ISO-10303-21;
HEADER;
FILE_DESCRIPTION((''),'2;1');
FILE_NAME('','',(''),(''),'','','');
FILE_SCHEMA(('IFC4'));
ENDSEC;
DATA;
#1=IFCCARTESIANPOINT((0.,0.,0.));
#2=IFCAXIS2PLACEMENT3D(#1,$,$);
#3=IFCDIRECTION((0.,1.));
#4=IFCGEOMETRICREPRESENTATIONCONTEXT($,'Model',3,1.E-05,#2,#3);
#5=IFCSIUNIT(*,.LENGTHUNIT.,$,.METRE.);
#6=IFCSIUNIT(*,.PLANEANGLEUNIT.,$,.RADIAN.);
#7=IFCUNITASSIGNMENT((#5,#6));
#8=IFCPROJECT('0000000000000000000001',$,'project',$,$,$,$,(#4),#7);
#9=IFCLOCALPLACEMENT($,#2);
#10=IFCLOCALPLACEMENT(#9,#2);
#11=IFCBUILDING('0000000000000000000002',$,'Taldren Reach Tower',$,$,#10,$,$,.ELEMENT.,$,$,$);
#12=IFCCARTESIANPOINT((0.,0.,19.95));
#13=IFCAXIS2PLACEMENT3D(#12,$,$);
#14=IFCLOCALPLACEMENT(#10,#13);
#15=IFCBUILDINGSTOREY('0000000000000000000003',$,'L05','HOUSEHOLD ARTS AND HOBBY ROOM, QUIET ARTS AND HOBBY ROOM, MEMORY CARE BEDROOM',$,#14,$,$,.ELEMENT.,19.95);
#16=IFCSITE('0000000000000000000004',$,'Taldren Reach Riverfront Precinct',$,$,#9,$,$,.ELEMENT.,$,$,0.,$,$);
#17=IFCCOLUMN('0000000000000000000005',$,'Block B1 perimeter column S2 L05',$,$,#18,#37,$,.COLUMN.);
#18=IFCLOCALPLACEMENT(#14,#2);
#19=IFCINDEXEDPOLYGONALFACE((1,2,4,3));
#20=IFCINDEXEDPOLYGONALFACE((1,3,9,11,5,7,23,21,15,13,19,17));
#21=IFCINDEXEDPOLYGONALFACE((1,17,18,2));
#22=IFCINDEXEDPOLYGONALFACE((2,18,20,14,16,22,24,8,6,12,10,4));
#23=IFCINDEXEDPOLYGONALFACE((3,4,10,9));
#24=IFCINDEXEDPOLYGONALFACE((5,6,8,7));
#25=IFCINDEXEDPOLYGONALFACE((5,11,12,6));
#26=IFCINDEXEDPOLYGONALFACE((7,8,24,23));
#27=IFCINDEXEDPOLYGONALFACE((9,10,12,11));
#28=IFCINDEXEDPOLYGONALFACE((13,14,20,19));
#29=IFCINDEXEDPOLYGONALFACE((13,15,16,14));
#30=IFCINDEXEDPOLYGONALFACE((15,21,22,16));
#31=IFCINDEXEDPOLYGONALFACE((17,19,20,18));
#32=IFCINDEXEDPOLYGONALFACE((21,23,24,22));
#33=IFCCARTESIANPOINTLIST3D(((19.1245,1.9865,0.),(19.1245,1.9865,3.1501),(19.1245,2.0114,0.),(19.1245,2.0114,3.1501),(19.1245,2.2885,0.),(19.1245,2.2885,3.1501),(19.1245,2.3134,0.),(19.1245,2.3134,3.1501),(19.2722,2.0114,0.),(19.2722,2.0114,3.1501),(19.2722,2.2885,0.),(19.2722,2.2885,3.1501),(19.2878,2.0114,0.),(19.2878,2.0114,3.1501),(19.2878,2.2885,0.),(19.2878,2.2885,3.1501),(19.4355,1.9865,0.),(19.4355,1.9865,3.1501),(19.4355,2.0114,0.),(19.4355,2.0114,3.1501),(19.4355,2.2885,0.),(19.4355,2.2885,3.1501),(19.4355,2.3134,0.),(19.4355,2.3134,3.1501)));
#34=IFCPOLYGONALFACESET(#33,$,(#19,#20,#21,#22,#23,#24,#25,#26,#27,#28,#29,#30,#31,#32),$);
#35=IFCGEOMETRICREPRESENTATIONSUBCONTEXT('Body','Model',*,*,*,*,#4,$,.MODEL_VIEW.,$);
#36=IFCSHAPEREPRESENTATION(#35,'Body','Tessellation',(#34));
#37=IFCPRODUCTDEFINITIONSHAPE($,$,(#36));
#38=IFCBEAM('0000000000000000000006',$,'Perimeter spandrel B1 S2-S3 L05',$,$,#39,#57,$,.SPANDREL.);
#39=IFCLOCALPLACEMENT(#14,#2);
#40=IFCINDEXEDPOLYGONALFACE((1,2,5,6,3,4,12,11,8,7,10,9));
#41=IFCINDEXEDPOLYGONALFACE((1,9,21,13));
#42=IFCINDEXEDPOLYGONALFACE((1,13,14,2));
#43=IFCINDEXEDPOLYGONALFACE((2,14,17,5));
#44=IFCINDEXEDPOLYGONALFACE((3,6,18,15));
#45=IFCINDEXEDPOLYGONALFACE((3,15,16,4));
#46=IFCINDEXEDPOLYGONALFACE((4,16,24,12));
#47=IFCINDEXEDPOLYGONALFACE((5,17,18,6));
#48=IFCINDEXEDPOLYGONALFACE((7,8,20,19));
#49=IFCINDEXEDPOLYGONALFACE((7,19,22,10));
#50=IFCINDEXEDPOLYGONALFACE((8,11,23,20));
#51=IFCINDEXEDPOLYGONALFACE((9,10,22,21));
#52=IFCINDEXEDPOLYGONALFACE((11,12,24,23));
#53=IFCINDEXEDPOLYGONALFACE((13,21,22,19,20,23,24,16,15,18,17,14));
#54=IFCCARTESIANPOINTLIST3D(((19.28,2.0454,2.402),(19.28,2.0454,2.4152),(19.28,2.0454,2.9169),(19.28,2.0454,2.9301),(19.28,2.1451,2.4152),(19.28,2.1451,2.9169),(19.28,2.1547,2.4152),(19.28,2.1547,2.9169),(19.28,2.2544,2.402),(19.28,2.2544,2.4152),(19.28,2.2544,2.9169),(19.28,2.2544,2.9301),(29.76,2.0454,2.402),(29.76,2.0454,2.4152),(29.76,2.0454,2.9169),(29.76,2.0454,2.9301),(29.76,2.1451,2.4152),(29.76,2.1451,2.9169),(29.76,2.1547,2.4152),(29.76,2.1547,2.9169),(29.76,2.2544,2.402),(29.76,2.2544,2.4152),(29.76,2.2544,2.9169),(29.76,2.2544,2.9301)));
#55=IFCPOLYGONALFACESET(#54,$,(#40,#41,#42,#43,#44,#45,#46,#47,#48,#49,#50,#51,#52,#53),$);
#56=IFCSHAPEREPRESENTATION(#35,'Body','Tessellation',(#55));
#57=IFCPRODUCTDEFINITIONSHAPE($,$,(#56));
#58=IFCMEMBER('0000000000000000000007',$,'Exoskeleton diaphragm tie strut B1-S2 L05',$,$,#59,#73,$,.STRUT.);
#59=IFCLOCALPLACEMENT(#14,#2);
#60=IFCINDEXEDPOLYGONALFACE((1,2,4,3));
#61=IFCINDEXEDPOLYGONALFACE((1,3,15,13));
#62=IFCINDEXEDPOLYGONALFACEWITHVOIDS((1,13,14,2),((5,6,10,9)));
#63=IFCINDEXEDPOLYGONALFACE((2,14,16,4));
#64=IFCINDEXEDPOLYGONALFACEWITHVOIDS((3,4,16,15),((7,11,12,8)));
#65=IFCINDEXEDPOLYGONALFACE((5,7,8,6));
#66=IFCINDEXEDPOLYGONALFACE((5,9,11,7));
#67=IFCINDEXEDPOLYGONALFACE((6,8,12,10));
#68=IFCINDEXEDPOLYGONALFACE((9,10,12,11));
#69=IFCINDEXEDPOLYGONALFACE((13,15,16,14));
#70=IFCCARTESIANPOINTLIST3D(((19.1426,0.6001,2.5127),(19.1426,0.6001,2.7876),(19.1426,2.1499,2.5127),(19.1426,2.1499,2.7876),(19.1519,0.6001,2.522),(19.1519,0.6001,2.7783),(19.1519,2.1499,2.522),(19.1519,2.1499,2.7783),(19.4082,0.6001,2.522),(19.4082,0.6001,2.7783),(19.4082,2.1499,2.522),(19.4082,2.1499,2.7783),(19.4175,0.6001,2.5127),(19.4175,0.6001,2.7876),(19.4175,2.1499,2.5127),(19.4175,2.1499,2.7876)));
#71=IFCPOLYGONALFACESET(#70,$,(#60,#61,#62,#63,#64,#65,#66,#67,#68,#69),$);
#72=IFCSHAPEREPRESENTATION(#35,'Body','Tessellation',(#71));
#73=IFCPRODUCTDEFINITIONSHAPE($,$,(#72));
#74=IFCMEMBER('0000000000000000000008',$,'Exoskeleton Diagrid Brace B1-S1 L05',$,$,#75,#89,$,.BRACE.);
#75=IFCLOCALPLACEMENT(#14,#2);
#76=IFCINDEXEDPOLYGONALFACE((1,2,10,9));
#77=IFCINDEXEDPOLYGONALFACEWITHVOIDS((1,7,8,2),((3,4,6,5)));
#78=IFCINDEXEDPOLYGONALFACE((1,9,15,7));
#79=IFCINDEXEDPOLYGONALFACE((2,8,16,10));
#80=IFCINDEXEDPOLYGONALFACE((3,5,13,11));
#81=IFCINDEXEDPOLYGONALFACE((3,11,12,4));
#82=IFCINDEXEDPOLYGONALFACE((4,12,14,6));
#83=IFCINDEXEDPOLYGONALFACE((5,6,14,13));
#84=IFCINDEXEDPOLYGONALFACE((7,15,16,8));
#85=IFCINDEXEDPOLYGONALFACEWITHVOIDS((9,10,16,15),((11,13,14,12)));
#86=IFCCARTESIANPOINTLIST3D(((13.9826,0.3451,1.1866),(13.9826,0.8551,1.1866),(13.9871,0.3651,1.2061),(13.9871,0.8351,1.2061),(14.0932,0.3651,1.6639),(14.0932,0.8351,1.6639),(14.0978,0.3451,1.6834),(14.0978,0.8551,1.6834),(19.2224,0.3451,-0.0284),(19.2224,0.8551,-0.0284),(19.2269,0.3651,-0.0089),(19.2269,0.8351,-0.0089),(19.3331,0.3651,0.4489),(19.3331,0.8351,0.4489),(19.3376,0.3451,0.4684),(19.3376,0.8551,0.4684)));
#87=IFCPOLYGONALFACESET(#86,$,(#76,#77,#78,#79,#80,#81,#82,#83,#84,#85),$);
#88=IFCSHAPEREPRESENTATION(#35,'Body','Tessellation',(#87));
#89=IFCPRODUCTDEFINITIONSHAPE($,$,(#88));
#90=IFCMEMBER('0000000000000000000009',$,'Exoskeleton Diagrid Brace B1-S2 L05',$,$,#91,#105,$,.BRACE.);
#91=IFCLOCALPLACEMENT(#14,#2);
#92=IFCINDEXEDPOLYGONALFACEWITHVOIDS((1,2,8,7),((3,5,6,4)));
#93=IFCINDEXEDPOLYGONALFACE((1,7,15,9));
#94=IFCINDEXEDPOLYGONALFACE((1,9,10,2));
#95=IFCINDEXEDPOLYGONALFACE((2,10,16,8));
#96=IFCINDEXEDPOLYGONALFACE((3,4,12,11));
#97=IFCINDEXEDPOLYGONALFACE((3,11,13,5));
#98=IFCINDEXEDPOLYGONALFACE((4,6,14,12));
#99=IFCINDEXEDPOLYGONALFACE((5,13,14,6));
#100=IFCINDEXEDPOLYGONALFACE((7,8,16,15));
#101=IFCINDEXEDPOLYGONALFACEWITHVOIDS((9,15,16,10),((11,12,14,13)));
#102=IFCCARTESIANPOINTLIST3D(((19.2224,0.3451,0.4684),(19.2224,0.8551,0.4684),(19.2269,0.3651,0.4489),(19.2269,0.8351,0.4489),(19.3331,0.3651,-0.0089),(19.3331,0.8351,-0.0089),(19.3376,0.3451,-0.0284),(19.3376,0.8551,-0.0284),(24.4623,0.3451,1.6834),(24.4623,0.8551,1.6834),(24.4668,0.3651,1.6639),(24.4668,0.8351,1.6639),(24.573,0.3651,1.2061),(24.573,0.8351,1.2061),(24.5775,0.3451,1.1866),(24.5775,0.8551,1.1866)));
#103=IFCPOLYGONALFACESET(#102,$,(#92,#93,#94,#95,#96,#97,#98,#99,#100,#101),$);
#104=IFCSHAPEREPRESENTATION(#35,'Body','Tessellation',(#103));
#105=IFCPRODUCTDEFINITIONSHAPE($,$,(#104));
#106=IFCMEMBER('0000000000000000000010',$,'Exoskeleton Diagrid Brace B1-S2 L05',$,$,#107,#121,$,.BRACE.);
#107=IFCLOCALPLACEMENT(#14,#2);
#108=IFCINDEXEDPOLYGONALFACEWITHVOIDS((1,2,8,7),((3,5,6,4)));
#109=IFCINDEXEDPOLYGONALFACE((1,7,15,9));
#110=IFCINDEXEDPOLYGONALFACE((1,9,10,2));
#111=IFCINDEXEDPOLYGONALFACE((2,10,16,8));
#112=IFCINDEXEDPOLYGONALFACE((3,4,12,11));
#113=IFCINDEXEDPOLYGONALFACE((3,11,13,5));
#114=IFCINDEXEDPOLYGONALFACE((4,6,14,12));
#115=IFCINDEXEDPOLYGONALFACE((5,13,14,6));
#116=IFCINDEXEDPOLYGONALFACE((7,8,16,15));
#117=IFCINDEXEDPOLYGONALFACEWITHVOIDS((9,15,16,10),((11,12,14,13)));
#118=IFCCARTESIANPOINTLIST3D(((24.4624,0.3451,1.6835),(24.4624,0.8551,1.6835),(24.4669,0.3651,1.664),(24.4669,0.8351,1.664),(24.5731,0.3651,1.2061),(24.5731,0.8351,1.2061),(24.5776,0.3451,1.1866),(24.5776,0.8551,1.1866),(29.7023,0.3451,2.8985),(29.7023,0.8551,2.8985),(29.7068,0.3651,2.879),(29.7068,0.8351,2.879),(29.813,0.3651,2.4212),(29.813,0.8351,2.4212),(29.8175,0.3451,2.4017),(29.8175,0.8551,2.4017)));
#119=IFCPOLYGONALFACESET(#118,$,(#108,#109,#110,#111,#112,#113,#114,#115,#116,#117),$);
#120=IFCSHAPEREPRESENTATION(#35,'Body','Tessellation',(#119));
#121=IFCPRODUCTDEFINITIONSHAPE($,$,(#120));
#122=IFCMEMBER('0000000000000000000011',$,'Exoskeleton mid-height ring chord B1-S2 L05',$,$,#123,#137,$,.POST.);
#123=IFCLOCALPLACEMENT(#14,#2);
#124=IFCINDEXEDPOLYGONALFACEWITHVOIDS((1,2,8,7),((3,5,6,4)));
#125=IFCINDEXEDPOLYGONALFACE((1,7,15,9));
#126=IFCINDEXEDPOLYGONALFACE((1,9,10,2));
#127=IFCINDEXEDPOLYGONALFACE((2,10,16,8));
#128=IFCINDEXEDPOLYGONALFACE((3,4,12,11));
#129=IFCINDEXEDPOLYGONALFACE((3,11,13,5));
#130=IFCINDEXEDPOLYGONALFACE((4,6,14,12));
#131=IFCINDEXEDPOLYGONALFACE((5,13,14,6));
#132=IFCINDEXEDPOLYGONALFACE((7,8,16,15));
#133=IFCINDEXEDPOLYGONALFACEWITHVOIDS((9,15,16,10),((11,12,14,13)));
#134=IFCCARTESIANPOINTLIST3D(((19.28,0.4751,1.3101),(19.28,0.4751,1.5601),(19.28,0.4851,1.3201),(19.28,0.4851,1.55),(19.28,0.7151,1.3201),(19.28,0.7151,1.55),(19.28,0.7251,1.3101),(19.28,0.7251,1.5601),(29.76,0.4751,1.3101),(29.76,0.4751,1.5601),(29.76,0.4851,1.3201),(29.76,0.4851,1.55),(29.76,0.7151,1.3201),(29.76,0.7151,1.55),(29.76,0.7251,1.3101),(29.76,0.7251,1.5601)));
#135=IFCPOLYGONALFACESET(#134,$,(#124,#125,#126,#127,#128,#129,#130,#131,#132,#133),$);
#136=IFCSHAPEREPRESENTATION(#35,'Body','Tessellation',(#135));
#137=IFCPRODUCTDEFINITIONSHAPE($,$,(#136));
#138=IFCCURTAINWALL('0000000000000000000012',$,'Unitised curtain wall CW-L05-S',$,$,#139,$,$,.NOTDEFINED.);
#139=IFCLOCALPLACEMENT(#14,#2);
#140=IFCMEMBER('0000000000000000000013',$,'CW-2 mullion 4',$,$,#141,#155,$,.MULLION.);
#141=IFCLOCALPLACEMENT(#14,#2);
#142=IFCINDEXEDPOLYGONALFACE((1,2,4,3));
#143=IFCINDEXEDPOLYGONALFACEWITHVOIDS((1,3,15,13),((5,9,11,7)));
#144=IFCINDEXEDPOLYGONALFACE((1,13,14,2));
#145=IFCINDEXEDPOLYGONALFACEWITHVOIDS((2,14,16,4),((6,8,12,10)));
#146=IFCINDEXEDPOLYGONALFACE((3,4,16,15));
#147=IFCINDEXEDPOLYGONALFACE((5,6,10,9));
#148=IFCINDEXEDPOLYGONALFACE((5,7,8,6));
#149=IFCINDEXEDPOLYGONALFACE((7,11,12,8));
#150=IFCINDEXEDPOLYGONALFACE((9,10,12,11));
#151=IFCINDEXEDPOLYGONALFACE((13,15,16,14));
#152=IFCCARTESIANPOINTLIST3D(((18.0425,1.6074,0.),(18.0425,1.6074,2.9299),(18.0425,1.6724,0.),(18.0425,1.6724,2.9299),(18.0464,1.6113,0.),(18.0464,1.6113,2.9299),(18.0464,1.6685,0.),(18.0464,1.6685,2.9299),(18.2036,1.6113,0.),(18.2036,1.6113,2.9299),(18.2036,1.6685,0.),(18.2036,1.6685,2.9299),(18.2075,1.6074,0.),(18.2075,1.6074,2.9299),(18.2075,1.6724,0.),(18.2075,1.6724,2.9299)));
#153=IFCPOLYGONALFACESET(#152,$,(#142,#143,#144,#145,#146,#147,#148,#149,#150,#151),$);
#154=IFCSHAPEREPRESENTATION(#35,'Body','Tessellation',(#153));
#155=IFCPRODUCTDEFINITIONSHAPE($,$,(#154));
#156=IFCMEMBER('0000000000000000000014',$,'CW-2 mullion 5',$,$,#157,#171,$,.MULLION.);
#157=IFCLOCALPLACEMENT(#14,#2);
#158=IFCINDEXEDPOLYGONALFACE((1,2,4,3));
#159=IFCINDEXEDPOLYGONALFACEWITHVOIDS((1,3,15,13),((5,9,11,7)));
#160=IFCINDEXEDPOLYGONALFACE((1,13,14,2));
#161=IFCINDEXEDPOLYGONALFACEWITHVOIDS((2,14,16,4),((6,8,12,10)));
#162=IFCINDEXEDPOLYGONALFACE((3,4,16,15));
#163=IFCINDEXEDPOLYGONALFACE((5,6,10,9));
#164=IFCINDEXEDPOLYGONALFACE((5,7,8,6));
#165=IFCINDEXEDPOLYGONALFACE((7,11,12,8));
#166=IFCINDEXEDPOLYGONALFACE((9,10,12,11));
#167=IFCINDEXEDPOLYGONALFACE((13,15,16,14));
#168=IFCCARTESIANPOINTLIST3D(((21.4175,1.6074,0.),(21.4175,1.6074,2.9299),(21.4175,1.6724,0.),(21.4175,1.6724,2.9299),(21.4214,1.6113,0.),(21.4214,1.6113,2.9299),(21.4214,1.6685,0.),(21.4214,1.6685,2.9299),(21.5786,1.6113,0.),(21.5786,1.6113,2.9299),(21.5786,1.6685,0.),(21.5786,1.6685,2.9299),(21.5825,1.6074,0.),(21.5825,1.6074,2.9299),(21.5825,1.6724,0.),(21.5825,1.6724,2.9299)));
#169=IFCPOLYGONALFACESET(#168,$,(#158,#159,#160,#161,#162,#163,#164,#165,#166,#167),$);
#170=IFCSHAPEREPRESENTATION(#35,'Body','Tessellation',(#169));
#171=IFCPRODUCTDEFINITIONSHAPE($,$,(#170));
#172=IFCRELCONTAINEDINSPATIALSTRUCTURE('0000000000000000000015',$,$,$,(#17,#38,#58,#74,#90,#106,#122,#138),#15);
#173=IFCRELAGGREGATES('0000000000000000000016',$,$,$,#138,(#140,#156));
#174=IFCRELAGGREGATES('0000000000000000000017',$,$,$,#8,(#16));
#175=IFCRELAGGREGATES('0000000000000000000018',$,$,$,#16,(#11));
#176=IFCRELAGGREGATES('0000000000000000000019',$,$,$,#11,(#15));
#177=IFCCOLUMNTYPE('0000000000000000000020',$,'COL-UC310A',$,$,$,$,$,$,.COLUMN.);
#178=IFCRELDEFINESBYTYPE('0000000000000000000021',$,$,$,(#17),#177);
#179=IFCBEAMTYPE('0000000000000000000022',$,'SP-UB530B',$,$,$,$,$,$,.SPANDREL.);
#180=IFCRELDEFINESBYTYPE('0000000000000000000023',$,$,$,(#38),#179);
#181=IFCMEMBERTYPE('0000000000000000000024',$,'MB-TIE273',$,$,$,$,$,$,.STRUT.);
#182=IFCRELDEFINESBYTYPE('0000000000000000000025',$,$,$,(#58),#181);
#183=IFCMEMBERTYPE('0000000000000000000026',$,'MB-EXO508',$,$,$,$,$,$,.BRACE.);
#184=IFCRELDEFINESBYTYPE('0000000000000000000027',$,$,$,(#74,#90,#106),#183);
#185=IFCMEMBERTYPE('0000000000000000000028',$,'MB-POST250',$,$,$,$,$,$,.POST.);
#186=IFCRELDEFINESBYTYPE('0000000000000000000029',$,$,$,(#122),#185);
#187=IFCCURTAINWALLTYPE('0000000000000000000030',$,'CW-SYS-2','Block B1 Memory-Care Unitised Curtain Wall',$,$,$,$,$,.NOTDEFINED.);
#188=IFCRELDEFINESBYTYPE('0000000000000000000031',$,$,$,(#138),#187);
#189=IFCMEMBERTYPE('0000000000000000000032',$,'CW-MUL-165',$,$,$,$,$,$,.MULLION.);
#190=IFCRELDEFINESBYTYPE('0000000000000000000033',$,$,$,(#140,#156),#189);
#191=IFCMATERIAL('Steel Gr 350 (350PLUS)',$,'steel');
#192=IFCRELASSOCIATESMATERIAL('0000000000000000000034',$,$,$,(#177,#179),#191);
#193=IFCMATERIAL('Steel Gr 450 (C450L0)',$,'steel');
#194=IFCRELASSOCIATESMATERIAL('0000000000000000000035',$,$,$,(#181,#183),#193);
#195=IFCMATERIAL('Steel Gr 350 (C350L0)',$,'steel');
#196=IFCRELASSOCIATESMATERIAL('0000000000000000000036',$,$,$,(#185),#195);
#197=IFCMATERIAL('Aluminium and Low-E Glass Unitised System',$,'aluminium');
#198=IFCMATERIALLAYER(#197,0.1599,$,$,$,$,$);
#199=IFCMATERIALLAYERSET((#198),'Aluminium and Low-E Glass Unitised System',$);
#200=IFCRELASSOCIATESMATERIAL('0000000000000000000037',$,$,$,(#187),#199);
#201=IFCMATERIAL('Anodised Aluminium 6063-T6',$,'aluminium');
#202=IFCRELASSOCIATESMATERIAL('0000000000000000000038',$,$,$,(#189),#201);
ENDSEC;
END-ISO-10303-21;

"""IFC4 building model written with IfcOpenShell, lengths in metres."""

from ifc_helpers import new_model, si_unit, direction, frame, origin, origin_2d, place, context, subcontext, project, spatial, hollow_rectangle, i_section, extrude, source, transform, mapped, material, layer, layer_set, material_profile, profile_set, type_object, element, aggregate, save


model = new_model("IFC4")

# Units and contexts
model_context = context("Model", 3, precision=1e-05, world=origin(), true_north=direction((0.0, 1.0)))
body_context = subcontext(model_context, "Body", "Model", "MODEL_VIEW")
ifc_project = project(units=[si_unit("LENGTHUNIT", "METRE"), si_unit("PLANEANGLEUNIT", "RADIAN")], contexts=[model_context])

# Site, building, storey
site_placement = place(None, origin())
site = spatial("IfcSite", under=ifc_project, at=site_placement, Name="Taldren Reach Riverfront Precinct", CompositionType="ELEMENT", RefElevation=0.0)
building_placement = place(site_placement, origin())
building = spatial("IfcBuilding", under=site, at=building_placement, Name="Taldren Reach Tower", CompositionType="ELEMENT")
storey_placement = place(building_placement, frame((0.0, 0.0, 19.95)))
storey = spatial("IfcBuildingStorey", under=building, at=storey_placement, Name="L05", Description="HOUSEHOLD ARTS AND HOBBY ROOM, QUIET ARTS AND HOBBY ROOM, MEMORY CARE BEDROOM", CompositionType="ELEMENT", Elevation=19.95)

# Column
ifc_material_1 = material(Name="Steel Gr 350 (350PLUS)", Category="steel")
ifc_material_profile_1 = material_profile(ifc_material_1, i_section(OverallWidth=0.311, OverallDepth=0.3269, WebThickness=0.0156, FlangeThickness=0.0249, at=origin_2d()), Name="310UC158")
ifc_profile_set_1 = profile_set([ifc_material_profile_1], Name="Steel Gr 350 (350PLUS)")
column_type = type_object("IfcColumnType", Name="COL-UC310A", PredefinedType="COLUMN", material=ifc_profile_set_1)
shared_shape_1 = source(origin(), body_context, "Body", "SweptSolid", [
    extrude(i_section(OverallWidth=0.311, OverallDepth=0.3269, WebThickness=0.0156, FlangeThickness=0.0249, at=origin_2d()), origin(), (0.0, 0.0, 1.0), 3.1501),
])
column_placement = place(storey_placement, frame((19.28, 2.1499, 0.0), z_axis=(0.0, 0.0, 1.0), x_axis=(1.0, 0.0, 0.0)))
element("IfcColumn", 1, at=column_placement, inside=storey, type_object=column_type, Name="Block B1 perimeter column S2 L05", PredefinedType="COLUMN", context=body_context, shape_type="MappedRepresentation", body=[
    mapped(shared_shape_1, transform((0.0, 0.0, 0.0), scale=1.0)),
])

# Beam
ifc_material_profile_2 = material_profile(ifc_material_1, i_section(OverallWidth=0.209, OverallDepth=0.5281, WebThickness=0.0095, FlangeThickness=0.0132, at=origin_2d()), Name="530UB82.0")
ifc_profile_set_2 = profile_set([ifc_material_profile_2], Name="Steel Gr 350 (350PLUS)")
beam_type = type_object("IfcBeamType", Name="SP-UB530B", PredefinedType="SPANDREL", material=ifc_profile_set_2)
shared_shape_2 = source(origin(), body_context, "Body", "SweptSolid", [
    extrude(i_section(OverallWidth=0.209, OverallDepth=0.5281, WebThickness=0.0095, FlangeThickness=0.0132, at=origin_2d()), origin(), (0.0, 0.0, 1.0), 10.48),
])
beam_placement = place(storey_placement, frame((19.28, 2.1499, 2.666), z_axis=(1.0, 0.0, 0.0), x_axis=(0.0, 1.0, 0.0)))
element("IfcBeam", 2, at=beam_placement, inside=storey, type_object=beam_type, Name="Perimeter spandrel B1 S2-S3 L05", PredefinedType="SPANDREL", context=body_context, shape_type="MappedRepresentation", body=[
    mapped(shared_shape_2, transform((0.0, 0.0, 0.0), scale=1.0)),
])

# Members
ifc_material_2 = material(Name="Steel Gr 450 (C450L0)", Category="steel")
ifc_material_profile_3 = material_profile(ifc_material_2, hollow_rectangle(XDim=0.2749, YDim=0.2749, WallThickness=0.0093, at=origin_2d()), Name="275x275x9.3SHS")
ifc_profile_set_3 = profile_set([ifc_material_profile_3], Name="Steel Gr 450 (C450L0)")
member_type_1 = type_object("IfcMemberType", Name="MB-TIE273", PredefinedType="STRUT", material=ifc_profile_set_3)
shared_shape_3 = source(origin(), body_context, "Body", "SweptSolid", [
    extrude(hollow_rectangle(XDim=0.2749, YDim=0.2749, WallThickness=0.0093, at=origin_2d()), origin(), (0.0, 0.0, 1.0), 1.5498),
])
member_1_placement = place(storey_placement, frame((19.28, 2.1499, 2.6501), z_axis=(0.0, -1.0, 0.0), x_axis=(1.0, 0.0, 0.0)))
element("IfcMember", 3, at=member_1_placement, inside=storey, type_object=member_type_1, Name="Exoskeleton diaphragm tie strut B1-S2 L05", PredefinedType="STRUT", context=body_context, shape_type="MappedRepresentation", body=[
    mapped(shared_shape_3, transform((0.0, 0.0, 0.0), scale=1.0)),
])
ifc_material_profile_4 = material_profile(ifc_material_2, hollow_rectangle(XDim=0.51, YDim=0.51, WallThickness=0.02, at=origin_2d()), Name="510x510x20.0SHS")
ifc_profile_set_4 = profile_set([ifc_material_profile_4], Name="Steel Gr 450 (C450L0)")
member_type_2 = type_object("IfcMemberType", Name="MB-EXO508", PredefinedType="BRACE", material=ifc_profile_set_4)
shared_shape_4 = source(origin(), body_context, "Body", "SweptSolid", [
    extrude(hollow_rectangle(XDim=0.51, YDim=0.51, WallThickness=0.02, at=origin_2d()), origin(), (0.0, 0.0, 1.0), 5.3789),
])
for number, where, z_axis, x_axis, name in (
    (4, (19.28, 0.6001, 0.22), (-0.974152, 0.0, 0.225894), (0.0, -1.0, 0.0), "Exoskeleton Diagrid Brace B1-S1 L05"),
    (5, (19.28, 0.6001, 0.22), (0.974152, 0.0, 0.225894), (0.0, 1.0, 0.0), "Exoskeleton Diagrid Brace B1-S2 L05"),
    (6, (24.52, 0.6001, 1.4351), (0.974152, 0.0, 0.225894), (0.0, 1.0, 0.0), "Exoskeleton Diagrid Brace B1-S2 L05"),
):
    element("IfcMember", number, at=place(storey_placement, frame(where, z_axis=z_axis, x_axis=x_axis)), inside=storey, type_object=member_type_2, Name=name, PredefinedType="BRACE", context=body_context, shape_type="MappedRepresentation", body=[
        mapped(shared_shape_4, transform((0.0, 0.0, 0.0), scale=1.0)),
    ])
ifc_material_3 = material(Name="Steel Gr 350 (C350L0)", Category="steel")
ifc_material_profile_5 = material_profile(ifc_material_3, hollow_rectangle(XDim=0.25, YDim=0.25, WallThickness=0.01, at=origin_2d()), Name="250x250x10.0SHS")
ifc_profile_set_5 = profile_set([ifc_material_profile_5], Name="Steel Gr 350 (C350L0)")
member_type_3 = type_object("IfcMemberType", Name="MB-POST250", PredefinedType="POST", material=ifc_profile_set_5)
shared_shape_5 = source(origin(), body_context, "Body", "SweptSolid", [
    extrude(hollow_rectangle(XDim=0.25, YDim=0.25, WallThickness=0.01, at=origin_2d()), origin(), (0.0, 0.0, 1.0), 10.48),
])
member_2_placement = place(storey_placement, frame((19.28, 0.6001, 1.4351), z_axis=(1.0, 0.0, 0.0), x_axis=(0.0, 1.0, 0.0)))
element("IfcMember", 7, at=member_2_placement, inside=storey, type_object=member_type_3, Name="Exoskeleton mid-height ring chord B1-S2 L05", PredefinedType="POST", context=body_context, shape_type="MappedRepresentation", body=[
    mapped(shared_shape_5, transform((0.0, 0.0, 0.0), scale=1.0)),
])

# Curtain wall, members
ifc_material_4 = material(Name="Aluminium and Low-E Glass Unitised System", Category="aluminium")
ifc_layer_1 = layer(ifc_material_4, 0.1599)
ifc_layer_set_1 = layer_set([ifc_layer_1], Name="Aluminium and Low-E Glass Unitised System")
curtain_wall_type = type_object("IfcCurtainWallType", Name="CW-SYS-2", Description="Block B1 Memory-Care Unitised Curtain Wall", PredefinedType="NOTDEFINED", material=ifc_layer_set_1)
curtain_wall_placement = place(storey_placement, origin())
curtain_wall = element("IfcCurtainWall", 8, at=curtain_wall_placement, inside=storey, type_object=curtain_wall_type, Name="Unitised curtain wall CW-L05-S", PredefinedType="NOTDEFINED")
ifc_material_5 = material(Name="Anodised Aluminium 6063-T6", Category="aluminium")
ifc_material_profile_6 = material_profile(ifc_material_5, hollow_rectangle(XDim=0.0649, YDim=0.165, WallThickness=0.0039, at=origin_2d()), Name="ALU-165x65x4RHS")
ifc_profile_set_6 = profile_set([ifc_material_profile_6], Name="Anodised Aluminium 6063-T6")
member_type_4 = type_object("IfcMemberType", Name="CW-MUL-165", PredefinedType="MULLION", material=ifc_profile_set_6)
shared_shape_6 = source(origin(), body_context, "Body", "SweptSolid", [
    extrude(hollow_rectangle(XDim=0.0649, YDim=0.165, WallThickness=0.0039, at=origin_2d()), origin(), (0.0, 0.0, 1.0), 2.9299),
])
member_3_placement = place(storey_placement, frame((18.125, 1.6399, 0.0), z_axis=(0.0, 0.0, 1.0), x_axis=(0.0, 1.0, 0.0)))
member_3 = element("IfcMember", 9, at=member_3_placement, type_object=member_type_4, Name="CW-2 mullion 4", PredefinedType="MULLION", context=body_context, shape_type="MappedRepresentation", body=[
    mapped(shared_shape_6, transform((0.0, 0.0, 0.0), scale=1.0)),
])
member_4_placement = place(storey_placement, frame((21.5, 1.6399, 0.0), z_axis=(0.0, 0.0, 1.0), x_axis=(0.0, 1.0, 0.0)))
member_4 = element("IfcMember", 10, at=member_4_placement, type_object=member_type_4, Name="CW-2 mullion 5", PredefinedType="MULLION", context=body_context, shape_type="MappedRepresentation", body=[
    mapped(shared_shape_6, transform((0.0, 0.0, 0.0), scale=1.0)),
])

aggregate(curtain_wall, [member_3, member_4])

save(model, "model.ifc")
